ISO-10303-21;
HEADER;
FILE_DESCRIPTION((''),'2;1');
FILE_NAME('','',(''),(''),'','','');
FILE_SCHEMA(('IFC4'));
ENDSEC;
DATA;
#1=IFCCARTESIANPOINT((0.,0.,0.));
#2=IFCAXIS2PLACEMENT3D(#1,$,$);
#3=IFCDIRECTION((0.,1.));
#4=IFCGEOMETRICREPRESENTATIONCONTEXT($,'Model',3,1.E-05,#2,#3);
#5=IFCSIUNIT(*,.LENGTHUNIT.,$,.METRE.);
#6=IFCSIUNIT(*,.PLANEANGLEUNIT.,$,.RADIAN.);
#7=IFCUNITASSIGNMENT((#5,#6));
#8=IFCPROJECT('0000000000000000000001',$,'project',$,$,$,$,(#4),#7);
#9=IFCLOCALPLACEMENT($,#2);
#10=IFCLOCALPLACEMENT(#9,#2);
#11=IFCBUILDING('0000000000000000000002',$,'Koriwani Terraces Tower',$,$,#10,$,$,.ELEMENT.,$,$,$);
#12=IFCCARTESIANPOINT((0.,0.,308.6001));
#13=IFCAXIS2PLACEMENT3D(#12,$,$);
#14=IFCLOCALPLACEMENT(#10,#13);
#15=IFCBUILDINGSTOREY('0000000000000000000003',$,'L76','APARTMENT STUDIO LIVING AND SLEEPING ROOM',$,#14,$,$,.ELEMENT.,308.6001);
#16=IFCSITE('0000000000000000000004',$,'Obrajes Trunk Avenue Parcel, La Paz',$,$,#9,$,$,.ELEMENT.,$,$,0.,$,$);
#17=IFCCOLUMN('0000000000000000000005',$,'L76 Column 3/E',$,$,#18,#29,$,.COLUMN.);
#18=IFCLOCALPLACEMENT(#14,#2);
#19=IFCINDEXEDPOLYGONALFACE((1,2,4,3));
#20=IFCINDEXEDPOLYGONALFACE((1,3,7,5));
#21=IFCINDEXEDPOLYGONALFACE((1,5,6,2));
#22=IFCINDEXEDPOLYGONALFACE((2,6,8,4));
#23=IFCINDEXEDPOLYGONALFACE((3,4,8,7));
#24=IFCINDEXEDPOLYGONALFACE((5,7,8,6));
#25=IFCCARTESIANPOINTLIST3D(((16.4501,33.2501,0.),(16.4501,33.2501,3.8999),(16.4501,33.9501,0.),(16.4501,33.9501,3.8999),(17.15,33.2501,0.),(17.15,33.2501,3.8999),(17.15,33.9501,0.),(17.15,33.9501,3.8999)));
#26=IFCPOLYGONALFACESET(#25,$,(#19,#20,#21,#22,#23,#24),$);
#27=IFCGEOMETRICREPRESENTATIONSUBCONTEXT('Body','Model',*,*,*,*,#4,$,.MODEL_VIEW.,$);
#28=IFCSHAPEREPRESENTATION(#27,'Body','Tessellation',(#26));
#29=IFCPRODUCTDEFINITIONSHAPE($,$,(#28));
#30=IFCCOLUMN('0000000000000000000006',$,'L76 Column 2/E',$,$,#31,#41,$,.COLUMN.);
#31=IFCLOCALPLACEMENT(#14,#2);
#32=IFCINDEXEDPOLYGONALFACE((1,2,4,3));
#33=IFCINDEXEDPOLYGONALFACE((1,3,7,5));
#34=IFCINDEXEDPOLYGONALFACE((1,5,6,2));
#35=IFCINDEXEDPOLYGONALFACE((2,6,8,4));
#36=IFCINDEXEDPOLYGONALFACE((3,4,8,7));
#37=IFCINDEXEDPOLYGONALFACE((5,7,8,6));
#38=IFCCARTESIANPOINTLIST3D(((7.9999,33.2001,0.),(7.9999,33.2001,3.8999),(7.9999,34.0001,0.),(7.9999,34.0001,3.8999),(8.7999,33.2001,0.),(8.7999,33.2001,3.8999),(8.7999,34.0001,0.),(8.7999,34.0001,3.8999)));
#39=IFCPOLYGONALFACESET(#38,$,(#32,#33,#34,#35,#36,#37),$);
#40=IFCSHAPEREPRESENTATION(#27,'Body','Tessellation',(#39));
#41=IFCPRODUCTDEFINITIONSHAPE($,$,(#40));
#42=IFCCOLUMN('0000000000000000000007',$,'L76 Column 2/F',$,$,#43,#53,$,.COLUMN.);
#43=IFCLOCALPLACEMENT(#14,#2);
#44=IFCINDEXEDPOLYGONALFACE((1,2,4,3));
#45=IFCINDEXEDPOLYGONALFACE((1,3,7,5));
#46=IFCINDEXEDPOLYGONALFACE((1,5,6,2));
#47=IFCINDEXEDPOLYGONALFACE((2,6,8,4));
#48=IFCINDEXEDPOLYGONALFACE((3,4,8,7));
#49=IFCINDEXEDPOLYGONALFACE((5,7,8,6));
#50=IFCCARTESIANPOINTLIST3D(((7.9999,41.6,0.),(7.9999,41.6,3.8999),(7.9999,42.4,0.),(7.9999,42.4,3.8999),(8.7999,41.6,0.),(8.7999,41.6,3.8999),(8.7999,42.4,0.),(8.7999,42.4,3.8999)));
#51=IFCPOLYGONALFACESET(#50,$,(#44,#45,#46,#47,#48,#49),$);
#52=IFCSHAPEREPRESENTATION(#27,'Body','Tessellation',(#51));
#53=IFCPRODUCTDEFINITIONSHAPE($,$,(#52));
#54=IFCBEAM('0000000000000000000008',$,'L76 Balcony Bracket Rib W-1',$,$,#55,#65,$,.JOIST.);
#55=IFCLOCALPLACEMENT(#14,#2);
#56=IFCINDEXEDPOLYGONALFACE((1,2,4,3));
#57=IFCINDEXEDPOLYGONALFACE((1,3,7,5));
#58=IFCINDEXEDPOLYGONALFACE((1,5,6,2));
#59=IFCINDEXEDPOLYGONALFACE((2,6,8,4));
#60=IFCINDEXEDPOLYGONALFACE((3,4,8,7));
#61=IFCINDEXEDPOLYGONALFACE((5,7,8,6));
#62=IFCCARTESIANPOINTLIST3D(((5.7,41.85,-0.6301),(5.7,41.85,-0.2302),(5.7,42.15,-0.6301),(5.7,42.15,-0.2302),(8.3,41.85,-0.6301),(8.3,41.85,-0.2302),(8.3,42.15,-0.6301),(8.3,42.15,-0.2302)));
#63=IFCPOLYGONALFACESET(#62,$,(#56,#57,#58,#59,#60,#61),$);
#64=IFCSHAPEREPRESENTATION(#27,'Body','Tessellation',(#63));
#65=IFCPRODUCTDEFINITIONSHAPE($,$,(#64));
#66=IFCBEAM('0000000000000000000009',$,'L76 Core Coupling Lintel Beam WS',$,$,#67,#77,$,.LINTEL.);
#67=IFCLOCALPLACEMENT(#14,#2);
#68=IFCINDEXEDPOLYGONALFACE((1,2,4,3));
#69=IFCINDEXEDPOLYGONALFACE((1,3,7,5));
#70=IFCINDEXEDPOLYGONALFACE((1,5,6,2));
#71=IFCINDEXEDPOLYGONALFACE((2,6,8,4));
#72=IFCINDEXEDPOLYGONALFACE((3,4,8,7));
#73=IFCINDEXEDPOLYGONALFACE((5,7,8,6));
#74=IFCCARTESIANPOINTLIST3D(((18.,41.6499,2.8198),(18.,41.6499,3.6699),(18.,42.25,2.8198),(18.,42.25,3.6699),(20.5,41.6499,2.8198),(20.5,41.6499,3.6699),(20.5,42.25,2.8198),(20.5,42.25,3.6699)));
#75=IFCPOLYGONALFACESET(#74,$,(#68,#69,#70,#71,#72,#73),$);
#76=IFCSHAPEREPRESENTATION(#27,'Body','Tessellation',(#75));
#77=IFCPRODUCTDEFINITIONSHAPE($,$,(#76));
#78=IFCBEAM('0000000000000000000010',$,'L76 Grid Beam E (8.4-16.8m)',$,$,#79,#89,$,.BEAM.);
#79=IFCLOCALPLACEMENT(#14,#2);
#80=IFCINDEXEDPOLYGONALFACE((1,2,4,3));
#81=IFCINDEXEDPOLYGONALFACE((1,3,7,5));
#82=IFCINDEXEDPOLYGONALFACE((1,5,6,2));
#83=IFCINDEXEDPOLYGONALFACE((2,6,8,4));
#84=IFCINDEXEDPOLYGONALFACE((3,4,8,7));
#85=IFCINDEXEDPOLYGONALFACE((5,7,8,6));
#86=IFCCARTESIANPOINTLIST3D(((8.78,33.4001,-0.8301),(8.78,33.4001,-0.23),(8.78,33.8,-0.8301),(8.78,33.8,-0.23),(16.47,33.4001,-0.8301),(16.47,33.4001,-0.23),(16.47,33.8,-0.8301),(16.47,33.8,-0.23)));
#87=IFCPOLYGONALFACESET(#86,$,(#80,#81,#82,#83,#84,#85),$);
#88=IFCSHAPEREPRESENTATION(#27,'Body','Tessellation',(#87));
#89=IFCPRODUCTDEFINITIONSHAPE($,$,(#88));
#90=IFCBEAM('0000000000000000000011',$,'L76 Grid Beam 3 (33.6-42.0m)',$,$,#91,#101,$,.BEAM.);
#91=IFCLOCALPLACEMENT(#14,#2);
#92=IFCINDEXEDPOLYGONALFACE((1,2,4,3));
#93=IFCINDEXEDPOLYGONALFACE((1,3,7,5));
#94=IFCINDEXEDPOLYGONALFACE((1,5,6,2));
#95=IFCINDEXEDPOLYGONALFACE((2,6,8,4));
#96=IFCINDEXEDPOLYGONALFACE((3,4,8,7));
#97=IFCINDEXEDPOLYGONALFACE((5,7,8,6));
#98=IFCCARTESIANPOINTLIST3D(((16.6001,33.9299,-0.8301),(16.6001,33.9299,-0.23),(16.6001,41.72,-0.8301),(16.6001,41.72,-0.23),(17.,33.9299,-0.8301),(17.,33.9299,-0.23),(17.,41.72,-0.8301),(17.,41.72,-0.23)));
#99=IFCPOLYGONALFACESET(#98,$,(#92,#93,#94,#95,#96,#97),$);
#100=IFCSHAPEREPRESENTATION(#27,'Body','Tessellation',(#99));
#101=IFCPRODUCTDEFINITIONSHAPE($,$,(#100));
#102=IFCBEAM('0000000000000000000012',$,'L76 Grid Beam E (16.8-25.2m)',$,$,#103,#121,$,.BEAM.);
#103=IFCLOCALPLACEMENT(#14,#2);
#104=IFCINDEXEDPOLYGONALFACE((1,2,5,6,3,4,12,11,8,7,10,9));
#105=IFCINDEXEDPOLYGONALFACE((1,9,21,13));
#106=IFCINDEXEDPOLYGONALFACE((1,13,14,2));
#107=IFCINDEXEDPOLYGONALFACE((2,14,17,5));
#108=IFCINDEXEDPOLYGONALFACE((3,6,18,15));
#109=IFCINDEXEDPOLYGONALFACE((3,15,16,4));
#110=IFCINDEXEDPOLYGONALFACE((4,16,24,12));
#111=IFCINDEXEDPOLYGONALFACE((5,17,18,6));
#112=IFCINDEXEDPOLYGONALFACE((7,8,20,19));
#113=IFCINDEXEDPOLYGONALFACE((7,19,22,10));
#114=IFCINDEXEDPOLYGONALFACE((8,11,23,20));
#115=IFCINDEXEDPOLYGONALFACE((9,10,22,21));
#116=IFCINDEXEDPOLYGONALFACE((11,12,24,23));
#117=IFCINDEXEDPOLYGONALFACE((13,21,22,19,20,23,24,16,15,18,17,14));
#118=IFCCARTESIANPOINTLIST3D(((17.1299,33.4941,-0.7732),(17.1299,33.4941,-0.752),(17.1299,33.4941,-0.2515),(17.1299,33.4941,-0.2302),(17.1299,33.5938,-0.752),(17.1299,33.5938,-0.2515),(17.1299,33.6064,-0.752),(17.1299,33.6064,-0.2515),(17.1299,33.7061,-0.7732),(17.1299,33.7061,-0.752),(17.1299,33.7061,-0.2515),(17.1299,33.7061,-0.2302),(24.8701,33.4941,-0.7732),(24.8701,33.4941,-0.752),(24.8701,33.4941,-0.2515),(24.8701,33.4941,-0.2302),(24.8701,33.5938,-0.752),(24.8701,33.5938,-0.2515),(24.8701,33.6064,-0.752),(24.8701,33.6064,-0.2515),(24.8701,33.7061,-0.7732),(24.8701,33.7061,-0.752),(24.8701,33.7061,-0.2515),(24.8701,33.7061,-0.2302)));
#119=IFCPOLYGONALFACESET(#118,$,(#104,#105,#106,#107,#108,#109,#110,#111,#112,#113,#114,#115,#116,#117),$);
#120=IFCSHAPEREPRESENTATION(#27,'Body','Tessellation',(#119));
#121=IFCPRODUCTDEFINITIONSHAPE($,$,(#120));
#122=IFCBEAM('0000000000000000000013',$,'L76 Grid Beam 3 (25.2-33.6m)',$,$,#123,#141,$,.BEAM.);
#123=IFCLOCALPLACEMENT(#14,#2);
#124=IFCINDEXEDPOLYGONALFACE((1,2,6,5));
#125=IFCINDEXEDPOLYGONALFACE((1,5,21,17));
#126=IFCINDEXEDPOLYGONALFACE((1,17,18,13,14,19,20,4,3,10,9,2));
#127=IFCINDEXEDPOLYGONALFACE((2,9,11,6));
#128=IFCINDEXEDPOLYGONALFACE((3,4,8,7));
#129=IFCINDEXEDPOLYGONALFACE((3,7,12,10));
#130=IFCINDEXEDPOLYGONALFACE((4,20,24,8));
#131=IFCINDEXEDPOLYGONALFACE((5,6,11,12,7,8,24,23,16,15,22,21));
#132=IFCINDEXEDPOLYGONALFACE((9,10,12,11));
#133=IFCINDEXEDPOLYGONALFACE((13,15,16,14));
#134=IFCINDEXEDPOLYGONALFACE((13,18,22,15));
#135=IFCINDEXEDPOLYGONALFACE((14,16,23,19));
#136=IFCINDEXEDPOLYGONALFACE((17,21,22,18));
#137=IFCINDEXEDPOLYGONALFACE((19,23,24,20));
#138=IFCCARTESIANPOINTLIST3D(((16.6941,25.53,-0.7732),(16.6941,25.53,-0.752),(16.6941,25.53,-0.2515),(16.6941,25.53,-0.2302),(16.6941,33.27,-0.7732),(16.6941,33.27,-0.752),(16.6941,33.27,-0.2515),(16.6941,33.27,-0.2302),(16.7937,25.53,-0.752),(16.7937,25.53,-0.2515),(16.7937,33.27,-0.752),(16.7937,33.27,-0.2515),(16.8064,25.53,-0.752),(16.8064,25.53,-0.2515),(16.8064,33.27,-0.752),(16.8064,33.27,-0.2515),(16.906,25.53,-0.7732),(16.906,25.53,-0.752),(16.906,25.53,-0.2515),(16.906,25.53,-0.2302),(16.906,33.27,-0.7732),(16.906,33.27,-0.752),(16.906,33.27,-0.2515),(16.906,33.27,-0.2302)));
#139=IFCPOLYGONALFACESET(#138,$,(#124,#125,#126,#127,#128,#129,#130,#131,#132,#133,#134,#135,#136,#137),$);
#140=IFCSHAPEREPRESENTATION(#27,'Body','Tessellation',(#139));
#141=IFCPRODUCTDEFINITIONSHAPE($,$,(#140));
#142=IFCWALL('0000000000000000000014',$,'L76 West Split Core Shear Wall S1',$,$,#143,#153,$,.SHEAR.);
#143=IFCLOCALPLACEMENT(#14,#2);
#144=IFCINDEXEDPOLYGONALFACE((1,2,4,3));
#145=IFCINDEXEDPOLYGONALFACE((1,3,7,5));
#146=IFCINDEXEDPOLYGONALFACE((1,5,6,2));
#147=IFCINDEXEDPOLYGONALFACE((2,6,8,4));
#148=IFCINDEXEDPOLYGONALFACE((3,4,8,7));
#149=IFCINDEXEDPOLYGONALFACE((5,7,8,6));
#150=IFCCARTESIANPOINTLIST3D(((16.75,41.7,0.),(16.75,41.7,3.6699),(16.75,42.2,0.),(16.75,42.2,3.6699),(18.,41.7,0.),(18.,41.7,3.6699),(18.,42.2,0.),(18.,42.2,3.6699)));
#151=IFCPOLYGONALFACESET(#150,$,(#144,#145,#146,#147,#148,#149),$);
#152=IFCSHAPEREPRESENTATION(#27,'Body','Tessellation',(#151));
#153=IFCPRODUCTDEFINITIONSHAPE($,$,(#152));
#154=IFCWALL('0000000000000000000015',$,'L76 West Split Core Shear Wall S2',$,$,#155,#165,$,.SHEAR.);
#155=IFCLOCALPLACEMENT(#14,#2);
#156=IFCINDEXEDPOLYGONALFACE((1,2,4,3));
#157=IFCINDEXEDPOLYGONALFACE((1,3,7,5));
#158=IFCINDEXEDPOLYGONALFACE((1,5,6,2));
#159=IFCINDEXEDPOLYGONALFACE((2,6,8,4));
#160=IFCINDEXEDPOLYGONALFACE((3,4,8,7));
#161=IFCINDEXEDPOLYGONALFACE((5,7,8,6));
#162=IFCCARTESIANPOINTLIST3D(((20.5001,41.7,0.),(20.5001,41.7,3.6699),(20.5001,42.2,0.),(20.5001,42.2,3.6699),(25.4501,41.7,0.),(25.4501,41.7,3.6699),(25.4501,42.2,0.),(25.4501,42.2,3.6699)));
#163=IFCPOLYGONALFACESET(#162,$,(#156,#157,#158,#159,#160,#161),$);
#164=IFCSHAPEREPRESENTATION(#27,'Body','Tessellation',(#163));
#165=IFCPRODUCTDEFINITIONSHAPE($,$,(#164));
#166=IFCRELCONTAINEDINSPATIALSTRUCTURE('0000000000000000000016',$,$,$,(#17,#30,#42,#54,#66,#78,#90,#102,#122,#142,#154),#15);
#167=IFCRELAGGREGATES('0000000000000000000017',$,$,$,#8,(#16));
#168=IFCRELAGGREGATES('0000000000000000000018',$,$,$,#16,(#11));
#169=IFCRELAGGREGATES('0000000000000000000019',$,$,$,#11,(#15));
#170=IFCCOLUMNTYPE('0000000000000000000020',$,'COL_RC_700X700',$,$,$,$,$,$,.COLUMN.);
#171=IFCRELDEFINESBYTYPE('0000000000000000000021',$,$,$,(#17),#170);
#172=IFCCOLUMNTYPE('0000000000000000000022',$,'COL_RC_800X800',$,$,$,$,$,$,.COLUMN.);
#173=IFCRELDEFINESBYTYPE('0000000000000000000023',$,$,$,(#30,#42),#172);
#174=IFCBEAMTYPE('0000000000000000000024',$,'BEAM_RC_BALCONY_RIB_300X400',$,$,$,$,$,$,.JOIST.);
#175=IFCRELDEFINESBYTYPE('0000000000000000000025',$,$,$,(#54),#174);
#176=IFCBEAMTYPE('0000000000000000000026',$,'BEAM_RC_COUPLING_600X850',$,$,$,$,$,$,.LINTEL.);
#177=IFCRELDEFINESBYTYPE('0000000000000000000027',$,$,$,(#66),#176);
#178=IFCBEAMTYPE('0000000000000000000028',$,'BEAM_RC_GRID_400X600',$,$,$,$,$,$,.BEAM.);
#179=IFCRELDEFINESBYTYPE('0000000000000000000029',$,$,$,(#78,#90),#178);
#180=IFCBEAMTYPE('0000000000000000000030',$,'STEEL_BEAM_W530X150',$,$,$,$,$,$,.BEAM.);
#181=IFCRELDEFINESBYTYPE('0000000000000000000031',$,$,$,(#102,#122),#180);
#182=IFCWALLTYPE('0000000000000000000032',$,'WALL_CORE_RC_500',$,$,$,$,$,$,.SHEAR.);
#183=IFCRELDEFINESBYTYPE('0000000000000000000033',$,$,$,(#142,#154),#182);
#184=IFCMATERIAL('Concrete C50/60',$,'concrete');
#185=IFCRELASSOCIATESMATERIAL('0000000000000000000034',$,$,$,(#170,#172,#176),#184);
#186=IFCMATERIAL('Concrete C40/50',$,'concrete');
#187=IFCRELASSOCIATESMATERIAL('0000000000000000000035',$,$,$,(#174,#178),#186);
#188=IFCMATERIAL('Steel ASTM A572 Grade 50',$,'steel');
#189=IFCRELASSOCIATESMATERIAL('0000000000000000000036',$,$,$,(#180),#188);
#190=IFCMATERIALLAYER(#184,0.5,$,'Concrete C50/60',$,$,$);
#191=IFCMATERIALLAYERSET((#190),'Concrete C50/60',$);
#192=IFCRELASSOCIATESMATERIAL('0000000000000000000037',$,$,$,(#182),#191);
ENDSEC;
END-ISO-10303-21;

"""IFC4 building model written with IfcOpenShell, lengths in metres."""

from ifc_helpers import new_model, si_unit, direction, frame, frame_2d, origin, origin_2d, place, context, subcontext, project, spatial, rectangle, i_section, extrude, material, layer, layer_set, material_profile, profile_set, type_object, element, save


model = new_model("IFC4")

# Units and contexts
model_context = context("Model", 3, precision=1e-05, world=origin(), true_north=direction((0.0, 1.0)))
body_context = subcontext(model_context, "Body", "Model", "MODEL_VIEW")
ifc_project = project(units=[si_unit("LENGTHUNIT", "METRE"), si_unit("PLANEANGLEUNIT", "RADIAN")], contexts=[model_context])

# Site, building, storey
site_placement = place(None, origin())
site = spatial("IfcSite", under=ifc_project, at=site_placement, Name="Obrajes Trunk Avenue Parcel, La Paz", CompositionType="ELEMENT", RefElevation=0.0)
building_placement = place(site_placement, origin())
building = spatial("IfcBuilding", under=site, at=building_placement, Name="Koriwani Terraces Tower", CompositionType="ELEMENT")
storey_placement = place(building_placement, frame((0.0, 0.0, 308.6001)))
storey = spatial("IfcBuildingStorey", under=building, at=storey_placement, Name="L76", Description="APARTMENT STUDIO LIVING AND SLEEPING ROOM", CompositionType="ELEMENT", Elevation=308.6001)

# Columns
ifc_material_1 = material(Name="Concrete C50/60", Category="concrete")
ifc_material_profile_1 = material_profile(ifc_material_1, rectangle(XDim=0.7, YDim=0.7, at=origin_2d()), Name="Concrete C50/60", Category="LoadBearing")
ifc_profile_set_1 = profile_set([ifc_material_profile_1], Name="Concrete C50/60")
column_type_1 = type_object("IfcColumnType", Name="COL_RC_700X700", PredefinedType="COLUMN", material=ifc_profile_set_1)
column_placement = place(storey_placement, frame((16.8, 33.6001, 0.0), z_axis=(0.0, 0.0, 1.0), x_axis=(1.0, 0.0, 0.0)))
element("IfcColumn", 1, at=column_placement, inside=storey, type_object=column_type_1, Name="L76 Column 3/E", PredefinedType="COLUMN", context=body_context, shape_type="SweptSolid", body=[
    extrude(rectangle(XDim=0.7, YDim=0.7, at=origin_2d()), origin(), (0.0, 0.0, 1.0), 3.8999),
])
ifc_material_profile_2 = material_profile(ifc_material_1, rectangle(XDim=0.8, YDim=0.8, at=origin_2d()), Name="Concrete C50/60", Category="LoadBearing")
ifc_profile_set_2 = profile_set([ifc_material_profile_2], Name="Concrete C50/60")
column_type_2 = type_object("IfcColumnType", Name="COL_RC_800X800", PredefinedType="COLUMN", material=ifc_profile_set_2)
for number, where, z_axis, x_axis, name in (
    (2, (8.3999, 33.6001, 0.0), (0.0, 0.0, 1.0), (1.0, 0.0, 0.0), "L76 Column 2/E"),
    (3, (8.3999, 42.0, 0.0), (0.0, 0.0, 1.0), (1.0, 0.0, 0.0), "L76 Column 2/F"),
):
    element("IfcColumn", number, at=place(storey_placement, frame(where, z_axis=z_axis, x_axis=x_axis)), inside=storey, type_object=column_type_2, Name=name, PredefinedType="COLUMN", context=body_context, shape_type="SweptSolid", body=[
        extrude(rectangle(XDim=0.8, YDim=0.8, at=origin_2d()), origin(), (0.0, 0.0, 1.0), 3.8999),
    ])

# Beams
ifc_material_2 = material(Name="Concrete C40/50", Category="concrete")
ifc_material_profile_3 = material_profile(ifc_material_2, rectangle(XDim=0.3, YDim=0.3999, at=origin_2d()), Name="Concrete C40/50", Category="LoadBearing")
ifc_profile_set_3 = profile_set([ifc_material_profile_3], Name="Concrete C40/50")
beam_type_1 = type_object("IfcBeamType", Name="BEAM_RC_BALCONY_RIB_300X400", PredefinedType="JOIST", material=ifc_profile_set_3)
beam_1_placement = place(storey_placement, frame((5.7, 42.0, -0.4302), z_axis=(1.0, 0.0, 0.0), x_axis=(0.0, 1.0, 0.0)))
element("IfcBeam", 4, at=beam_1_placement, inside=storey, type_object=beam_type_1, Name="L76 Balcony Bracket Rib W-1", PredefinedType="JOIST", context=body_context, shape_type="SweptSolid", body=[
    extrude(rectangle(XDim=0.3, YDim=0.3999, at=origin_2d()), origin(), (0.0, 0.0, 1.0), 2.6001),
])
ifc_material_profile_4 = material_profile(ifc_material_1, rectangle(XDim=0.6001, YDim=0.8501, at=origin_2d()), Name="Concrete C50/60", Category="LoadBearing")
ifc_profile_set_4 = profile_set([ifc_material_profile_4], Name="Concrete C50/60")
beam_type_2 = type_object("IfcBeamType", Name="BEAM_RC_COUPLING_600X850", PredefinedType="LINTEL", material=ifc_profile_set_4)
beam_2_placement = place(storey_placement, frame((18.0, 41.95, 3.2449), z_axis=(1.0, 0.0, 0.0), x_axis=(0.0, 1.0, 0.0)))
element("IfcBeam", 5, at=beam_2_placement, inside=storey, type_object=beam_type_2, Name="L76 Core Coupling Lintel Beam WS", PredefinedType="LINTEL", context=body_context, shape_type="SweptSolid", body=[
    extrude(rectangle(XDim=0.6001, YDim=0.8501, at=origin_2d()), origin(), (0.0, 0.0, 1.0), 2.5),
])
ifc_material_profile_5 = material_profile(ifc_material_2, rectangle(XDim=0.3999, YDim=0.6001, at=origin_2d()), Name="Concrete C40/50", Category="LoadBearing")
ifc_profile_set_5 = profile_set([ifc_material_profile_5], Name="Concrete C40/50")
beam_type_3 = type_object("IfcBeamType", Name="BEAM_RC_GRID_400X600", PredefinedType="BEAM", material=ifc_profile_set_5)
beam_3_placement = place(storey_placement, frame((8.78, 33.6001, -0.53), z_axis=(1.0, 0.0, 0.0), x_axis=(0.0, 1.0, 0.0)))
element("IfcBeam", 6, at=beam_3_placement, inside=storey, type_object=beam_type_3, Name="L76 Grid Beam E (8.4-16.8m)", PredefinedType="BEAM", context=body_context, shape_type="SweptSolid", body=[
    extrude(rectangle(XDim=0.3999, YDim=0.6001, at=origin_2d()), origin(), (0.0, 0.0, 1.0), 7.6899),
])
beam_4_placement = place(storey_placement, frame((16.8, 33.9299, -0.53), z_axis=(0.0, 1.0, 0.0), x_axis=(-1.0, 0.0, 0.0)))
element("IfcBeam", 7, at=beam_4_placement, inside=storey, type_object=beam_type_3, Name="L76 Grid Beam 3 (33.6-42.0m)", PredefinedType="BEAM", context=body_context, shape_type="SweptSolid", body=[
    extrude(rectangle(XDim=0.3999, YDim=0.6001, at=origin_2d()), origin(), (0.0, 0.0, 1.0), 7.79),
])
ifc_material_3 = material(Name="Steel ASTM A572 Grade 50", Category="steel")
ifc_material_profile_6 = material_profile(ifc_material_3, i_section(OverallWidth=0.2119, OverallDepth=0.543, WebThickness=0.0127, FlangeThickness=0.0212, at=origin_2d()), Name="Steel ASTM A572 Grade 50", Category="LoadBearing")
ifc_profile_set_6 = profile_set([ifc_material_profile_6], Name="Steel ASTM A572 Grade 50")
beam_type_4 = type_object("IfcBeamType", Name="STEEL_BEAM_W530X150", PredefinedType="BEAM", material=ifc_profile_set_6)
beam_5_placement = place(storey_placement, frame((17.1299, 33.6001, -0.5017), z_axis=(1.0, 0.0, 0.0), x_axis=(0.0, 1.0, 0.0)))
element("IfcBeam", 8, at=beam_5_placement, inside=storey, type_object=beam_type_4, Name="L76 Grid Beam E (16.8-25.2m)", PredefinedType="BEAM", context=body_context, shape_type="SweptSolid", body=[
    extrude(i_section(OverallWidth=0.2119, OverallDepth=0.543, WebThickness=0.0127, FlangeThickness=0.0212, at=origin_2d()), origin(), (0.0, 0.0, 1.0), 7.7402),
])
beam_6_placement = place(storey_placement, frame((16.8, 25.53, -0.5017), z_axis=(0.0, 1.0, 0.0), x_axis=(-1.0, 0.0, 0.0)))
element("IfcBeam", 9, at=beam_6_placement, inside=storey, type_object=beam_type_4, Name="L76 Grid Beam 3 (25.2-33.6m)", PredefinedType="BEAM", context=body_context, shape_type="SweptSolid", body=[
    extrude(i_section(OverallWidth=0.2119, OverallDepth=0.543, WebThickness=0.0127, FlangeThickness=0.0212, at=origin_2d()), origin(), (0.0, 0.0, 1.0), 7.74),
])

# Walls
ifc_layer_1 = layer(ifc_material_1, 0.5, Name="Concrete C50/60")
ifc_layer_set_1 = layer_set([ifc_layer_1], Name="Concrete C50/60")
wall_type_1 = type_object("IfcWallType", Name="WALL_CORE_RC_500", PredefinedType="SHEAR", material=ifc_layer_set_1)
wall_1_placement = place(storey_placement, frame((16.75, 41.95, 0.0), z_axis=(0.0, 0.0, 1.0), x_axis=(1.0, 0.0, 0.0)))
element("IfcWall", 10, at=wall_1_placement, inside=storey, type_object=wall_type_1, Name="L76 West Split Core Shear Wall S1", PredefinedType="SHEAR", context=body_context, shape_type="SweptSolid", body=[
    extrude(rectangle(XDim=1.25, YDim=0.5, at=frame_2d((0.625, 0.0))), origin(), (0.0, 0.0, 1.0), 3.6699),
])
wall_2_placement = place(storey_placement, frame((20.5, 41.95, 0.0), z_axis=(0.0, 0.0, 1.0), x_axis=(1.0, 0.0, 0.0)))
element("IfcWall", 11, at=wall_2_placement, inside=storey, type_object=wall_type_1, Name="L76 West Split Core Shear Wall S2", PredefinedType="SHEAR", context=body_context, shape_type="SweptSolid", body=[
    extrude(rectangle(XDim=4.95, YDim=0.5, at=frame_2d((2.4751, 0.0))), origin(), (0.0, 0.0, 1.0), 3.6699),
])

save(model, "model.ifc")
